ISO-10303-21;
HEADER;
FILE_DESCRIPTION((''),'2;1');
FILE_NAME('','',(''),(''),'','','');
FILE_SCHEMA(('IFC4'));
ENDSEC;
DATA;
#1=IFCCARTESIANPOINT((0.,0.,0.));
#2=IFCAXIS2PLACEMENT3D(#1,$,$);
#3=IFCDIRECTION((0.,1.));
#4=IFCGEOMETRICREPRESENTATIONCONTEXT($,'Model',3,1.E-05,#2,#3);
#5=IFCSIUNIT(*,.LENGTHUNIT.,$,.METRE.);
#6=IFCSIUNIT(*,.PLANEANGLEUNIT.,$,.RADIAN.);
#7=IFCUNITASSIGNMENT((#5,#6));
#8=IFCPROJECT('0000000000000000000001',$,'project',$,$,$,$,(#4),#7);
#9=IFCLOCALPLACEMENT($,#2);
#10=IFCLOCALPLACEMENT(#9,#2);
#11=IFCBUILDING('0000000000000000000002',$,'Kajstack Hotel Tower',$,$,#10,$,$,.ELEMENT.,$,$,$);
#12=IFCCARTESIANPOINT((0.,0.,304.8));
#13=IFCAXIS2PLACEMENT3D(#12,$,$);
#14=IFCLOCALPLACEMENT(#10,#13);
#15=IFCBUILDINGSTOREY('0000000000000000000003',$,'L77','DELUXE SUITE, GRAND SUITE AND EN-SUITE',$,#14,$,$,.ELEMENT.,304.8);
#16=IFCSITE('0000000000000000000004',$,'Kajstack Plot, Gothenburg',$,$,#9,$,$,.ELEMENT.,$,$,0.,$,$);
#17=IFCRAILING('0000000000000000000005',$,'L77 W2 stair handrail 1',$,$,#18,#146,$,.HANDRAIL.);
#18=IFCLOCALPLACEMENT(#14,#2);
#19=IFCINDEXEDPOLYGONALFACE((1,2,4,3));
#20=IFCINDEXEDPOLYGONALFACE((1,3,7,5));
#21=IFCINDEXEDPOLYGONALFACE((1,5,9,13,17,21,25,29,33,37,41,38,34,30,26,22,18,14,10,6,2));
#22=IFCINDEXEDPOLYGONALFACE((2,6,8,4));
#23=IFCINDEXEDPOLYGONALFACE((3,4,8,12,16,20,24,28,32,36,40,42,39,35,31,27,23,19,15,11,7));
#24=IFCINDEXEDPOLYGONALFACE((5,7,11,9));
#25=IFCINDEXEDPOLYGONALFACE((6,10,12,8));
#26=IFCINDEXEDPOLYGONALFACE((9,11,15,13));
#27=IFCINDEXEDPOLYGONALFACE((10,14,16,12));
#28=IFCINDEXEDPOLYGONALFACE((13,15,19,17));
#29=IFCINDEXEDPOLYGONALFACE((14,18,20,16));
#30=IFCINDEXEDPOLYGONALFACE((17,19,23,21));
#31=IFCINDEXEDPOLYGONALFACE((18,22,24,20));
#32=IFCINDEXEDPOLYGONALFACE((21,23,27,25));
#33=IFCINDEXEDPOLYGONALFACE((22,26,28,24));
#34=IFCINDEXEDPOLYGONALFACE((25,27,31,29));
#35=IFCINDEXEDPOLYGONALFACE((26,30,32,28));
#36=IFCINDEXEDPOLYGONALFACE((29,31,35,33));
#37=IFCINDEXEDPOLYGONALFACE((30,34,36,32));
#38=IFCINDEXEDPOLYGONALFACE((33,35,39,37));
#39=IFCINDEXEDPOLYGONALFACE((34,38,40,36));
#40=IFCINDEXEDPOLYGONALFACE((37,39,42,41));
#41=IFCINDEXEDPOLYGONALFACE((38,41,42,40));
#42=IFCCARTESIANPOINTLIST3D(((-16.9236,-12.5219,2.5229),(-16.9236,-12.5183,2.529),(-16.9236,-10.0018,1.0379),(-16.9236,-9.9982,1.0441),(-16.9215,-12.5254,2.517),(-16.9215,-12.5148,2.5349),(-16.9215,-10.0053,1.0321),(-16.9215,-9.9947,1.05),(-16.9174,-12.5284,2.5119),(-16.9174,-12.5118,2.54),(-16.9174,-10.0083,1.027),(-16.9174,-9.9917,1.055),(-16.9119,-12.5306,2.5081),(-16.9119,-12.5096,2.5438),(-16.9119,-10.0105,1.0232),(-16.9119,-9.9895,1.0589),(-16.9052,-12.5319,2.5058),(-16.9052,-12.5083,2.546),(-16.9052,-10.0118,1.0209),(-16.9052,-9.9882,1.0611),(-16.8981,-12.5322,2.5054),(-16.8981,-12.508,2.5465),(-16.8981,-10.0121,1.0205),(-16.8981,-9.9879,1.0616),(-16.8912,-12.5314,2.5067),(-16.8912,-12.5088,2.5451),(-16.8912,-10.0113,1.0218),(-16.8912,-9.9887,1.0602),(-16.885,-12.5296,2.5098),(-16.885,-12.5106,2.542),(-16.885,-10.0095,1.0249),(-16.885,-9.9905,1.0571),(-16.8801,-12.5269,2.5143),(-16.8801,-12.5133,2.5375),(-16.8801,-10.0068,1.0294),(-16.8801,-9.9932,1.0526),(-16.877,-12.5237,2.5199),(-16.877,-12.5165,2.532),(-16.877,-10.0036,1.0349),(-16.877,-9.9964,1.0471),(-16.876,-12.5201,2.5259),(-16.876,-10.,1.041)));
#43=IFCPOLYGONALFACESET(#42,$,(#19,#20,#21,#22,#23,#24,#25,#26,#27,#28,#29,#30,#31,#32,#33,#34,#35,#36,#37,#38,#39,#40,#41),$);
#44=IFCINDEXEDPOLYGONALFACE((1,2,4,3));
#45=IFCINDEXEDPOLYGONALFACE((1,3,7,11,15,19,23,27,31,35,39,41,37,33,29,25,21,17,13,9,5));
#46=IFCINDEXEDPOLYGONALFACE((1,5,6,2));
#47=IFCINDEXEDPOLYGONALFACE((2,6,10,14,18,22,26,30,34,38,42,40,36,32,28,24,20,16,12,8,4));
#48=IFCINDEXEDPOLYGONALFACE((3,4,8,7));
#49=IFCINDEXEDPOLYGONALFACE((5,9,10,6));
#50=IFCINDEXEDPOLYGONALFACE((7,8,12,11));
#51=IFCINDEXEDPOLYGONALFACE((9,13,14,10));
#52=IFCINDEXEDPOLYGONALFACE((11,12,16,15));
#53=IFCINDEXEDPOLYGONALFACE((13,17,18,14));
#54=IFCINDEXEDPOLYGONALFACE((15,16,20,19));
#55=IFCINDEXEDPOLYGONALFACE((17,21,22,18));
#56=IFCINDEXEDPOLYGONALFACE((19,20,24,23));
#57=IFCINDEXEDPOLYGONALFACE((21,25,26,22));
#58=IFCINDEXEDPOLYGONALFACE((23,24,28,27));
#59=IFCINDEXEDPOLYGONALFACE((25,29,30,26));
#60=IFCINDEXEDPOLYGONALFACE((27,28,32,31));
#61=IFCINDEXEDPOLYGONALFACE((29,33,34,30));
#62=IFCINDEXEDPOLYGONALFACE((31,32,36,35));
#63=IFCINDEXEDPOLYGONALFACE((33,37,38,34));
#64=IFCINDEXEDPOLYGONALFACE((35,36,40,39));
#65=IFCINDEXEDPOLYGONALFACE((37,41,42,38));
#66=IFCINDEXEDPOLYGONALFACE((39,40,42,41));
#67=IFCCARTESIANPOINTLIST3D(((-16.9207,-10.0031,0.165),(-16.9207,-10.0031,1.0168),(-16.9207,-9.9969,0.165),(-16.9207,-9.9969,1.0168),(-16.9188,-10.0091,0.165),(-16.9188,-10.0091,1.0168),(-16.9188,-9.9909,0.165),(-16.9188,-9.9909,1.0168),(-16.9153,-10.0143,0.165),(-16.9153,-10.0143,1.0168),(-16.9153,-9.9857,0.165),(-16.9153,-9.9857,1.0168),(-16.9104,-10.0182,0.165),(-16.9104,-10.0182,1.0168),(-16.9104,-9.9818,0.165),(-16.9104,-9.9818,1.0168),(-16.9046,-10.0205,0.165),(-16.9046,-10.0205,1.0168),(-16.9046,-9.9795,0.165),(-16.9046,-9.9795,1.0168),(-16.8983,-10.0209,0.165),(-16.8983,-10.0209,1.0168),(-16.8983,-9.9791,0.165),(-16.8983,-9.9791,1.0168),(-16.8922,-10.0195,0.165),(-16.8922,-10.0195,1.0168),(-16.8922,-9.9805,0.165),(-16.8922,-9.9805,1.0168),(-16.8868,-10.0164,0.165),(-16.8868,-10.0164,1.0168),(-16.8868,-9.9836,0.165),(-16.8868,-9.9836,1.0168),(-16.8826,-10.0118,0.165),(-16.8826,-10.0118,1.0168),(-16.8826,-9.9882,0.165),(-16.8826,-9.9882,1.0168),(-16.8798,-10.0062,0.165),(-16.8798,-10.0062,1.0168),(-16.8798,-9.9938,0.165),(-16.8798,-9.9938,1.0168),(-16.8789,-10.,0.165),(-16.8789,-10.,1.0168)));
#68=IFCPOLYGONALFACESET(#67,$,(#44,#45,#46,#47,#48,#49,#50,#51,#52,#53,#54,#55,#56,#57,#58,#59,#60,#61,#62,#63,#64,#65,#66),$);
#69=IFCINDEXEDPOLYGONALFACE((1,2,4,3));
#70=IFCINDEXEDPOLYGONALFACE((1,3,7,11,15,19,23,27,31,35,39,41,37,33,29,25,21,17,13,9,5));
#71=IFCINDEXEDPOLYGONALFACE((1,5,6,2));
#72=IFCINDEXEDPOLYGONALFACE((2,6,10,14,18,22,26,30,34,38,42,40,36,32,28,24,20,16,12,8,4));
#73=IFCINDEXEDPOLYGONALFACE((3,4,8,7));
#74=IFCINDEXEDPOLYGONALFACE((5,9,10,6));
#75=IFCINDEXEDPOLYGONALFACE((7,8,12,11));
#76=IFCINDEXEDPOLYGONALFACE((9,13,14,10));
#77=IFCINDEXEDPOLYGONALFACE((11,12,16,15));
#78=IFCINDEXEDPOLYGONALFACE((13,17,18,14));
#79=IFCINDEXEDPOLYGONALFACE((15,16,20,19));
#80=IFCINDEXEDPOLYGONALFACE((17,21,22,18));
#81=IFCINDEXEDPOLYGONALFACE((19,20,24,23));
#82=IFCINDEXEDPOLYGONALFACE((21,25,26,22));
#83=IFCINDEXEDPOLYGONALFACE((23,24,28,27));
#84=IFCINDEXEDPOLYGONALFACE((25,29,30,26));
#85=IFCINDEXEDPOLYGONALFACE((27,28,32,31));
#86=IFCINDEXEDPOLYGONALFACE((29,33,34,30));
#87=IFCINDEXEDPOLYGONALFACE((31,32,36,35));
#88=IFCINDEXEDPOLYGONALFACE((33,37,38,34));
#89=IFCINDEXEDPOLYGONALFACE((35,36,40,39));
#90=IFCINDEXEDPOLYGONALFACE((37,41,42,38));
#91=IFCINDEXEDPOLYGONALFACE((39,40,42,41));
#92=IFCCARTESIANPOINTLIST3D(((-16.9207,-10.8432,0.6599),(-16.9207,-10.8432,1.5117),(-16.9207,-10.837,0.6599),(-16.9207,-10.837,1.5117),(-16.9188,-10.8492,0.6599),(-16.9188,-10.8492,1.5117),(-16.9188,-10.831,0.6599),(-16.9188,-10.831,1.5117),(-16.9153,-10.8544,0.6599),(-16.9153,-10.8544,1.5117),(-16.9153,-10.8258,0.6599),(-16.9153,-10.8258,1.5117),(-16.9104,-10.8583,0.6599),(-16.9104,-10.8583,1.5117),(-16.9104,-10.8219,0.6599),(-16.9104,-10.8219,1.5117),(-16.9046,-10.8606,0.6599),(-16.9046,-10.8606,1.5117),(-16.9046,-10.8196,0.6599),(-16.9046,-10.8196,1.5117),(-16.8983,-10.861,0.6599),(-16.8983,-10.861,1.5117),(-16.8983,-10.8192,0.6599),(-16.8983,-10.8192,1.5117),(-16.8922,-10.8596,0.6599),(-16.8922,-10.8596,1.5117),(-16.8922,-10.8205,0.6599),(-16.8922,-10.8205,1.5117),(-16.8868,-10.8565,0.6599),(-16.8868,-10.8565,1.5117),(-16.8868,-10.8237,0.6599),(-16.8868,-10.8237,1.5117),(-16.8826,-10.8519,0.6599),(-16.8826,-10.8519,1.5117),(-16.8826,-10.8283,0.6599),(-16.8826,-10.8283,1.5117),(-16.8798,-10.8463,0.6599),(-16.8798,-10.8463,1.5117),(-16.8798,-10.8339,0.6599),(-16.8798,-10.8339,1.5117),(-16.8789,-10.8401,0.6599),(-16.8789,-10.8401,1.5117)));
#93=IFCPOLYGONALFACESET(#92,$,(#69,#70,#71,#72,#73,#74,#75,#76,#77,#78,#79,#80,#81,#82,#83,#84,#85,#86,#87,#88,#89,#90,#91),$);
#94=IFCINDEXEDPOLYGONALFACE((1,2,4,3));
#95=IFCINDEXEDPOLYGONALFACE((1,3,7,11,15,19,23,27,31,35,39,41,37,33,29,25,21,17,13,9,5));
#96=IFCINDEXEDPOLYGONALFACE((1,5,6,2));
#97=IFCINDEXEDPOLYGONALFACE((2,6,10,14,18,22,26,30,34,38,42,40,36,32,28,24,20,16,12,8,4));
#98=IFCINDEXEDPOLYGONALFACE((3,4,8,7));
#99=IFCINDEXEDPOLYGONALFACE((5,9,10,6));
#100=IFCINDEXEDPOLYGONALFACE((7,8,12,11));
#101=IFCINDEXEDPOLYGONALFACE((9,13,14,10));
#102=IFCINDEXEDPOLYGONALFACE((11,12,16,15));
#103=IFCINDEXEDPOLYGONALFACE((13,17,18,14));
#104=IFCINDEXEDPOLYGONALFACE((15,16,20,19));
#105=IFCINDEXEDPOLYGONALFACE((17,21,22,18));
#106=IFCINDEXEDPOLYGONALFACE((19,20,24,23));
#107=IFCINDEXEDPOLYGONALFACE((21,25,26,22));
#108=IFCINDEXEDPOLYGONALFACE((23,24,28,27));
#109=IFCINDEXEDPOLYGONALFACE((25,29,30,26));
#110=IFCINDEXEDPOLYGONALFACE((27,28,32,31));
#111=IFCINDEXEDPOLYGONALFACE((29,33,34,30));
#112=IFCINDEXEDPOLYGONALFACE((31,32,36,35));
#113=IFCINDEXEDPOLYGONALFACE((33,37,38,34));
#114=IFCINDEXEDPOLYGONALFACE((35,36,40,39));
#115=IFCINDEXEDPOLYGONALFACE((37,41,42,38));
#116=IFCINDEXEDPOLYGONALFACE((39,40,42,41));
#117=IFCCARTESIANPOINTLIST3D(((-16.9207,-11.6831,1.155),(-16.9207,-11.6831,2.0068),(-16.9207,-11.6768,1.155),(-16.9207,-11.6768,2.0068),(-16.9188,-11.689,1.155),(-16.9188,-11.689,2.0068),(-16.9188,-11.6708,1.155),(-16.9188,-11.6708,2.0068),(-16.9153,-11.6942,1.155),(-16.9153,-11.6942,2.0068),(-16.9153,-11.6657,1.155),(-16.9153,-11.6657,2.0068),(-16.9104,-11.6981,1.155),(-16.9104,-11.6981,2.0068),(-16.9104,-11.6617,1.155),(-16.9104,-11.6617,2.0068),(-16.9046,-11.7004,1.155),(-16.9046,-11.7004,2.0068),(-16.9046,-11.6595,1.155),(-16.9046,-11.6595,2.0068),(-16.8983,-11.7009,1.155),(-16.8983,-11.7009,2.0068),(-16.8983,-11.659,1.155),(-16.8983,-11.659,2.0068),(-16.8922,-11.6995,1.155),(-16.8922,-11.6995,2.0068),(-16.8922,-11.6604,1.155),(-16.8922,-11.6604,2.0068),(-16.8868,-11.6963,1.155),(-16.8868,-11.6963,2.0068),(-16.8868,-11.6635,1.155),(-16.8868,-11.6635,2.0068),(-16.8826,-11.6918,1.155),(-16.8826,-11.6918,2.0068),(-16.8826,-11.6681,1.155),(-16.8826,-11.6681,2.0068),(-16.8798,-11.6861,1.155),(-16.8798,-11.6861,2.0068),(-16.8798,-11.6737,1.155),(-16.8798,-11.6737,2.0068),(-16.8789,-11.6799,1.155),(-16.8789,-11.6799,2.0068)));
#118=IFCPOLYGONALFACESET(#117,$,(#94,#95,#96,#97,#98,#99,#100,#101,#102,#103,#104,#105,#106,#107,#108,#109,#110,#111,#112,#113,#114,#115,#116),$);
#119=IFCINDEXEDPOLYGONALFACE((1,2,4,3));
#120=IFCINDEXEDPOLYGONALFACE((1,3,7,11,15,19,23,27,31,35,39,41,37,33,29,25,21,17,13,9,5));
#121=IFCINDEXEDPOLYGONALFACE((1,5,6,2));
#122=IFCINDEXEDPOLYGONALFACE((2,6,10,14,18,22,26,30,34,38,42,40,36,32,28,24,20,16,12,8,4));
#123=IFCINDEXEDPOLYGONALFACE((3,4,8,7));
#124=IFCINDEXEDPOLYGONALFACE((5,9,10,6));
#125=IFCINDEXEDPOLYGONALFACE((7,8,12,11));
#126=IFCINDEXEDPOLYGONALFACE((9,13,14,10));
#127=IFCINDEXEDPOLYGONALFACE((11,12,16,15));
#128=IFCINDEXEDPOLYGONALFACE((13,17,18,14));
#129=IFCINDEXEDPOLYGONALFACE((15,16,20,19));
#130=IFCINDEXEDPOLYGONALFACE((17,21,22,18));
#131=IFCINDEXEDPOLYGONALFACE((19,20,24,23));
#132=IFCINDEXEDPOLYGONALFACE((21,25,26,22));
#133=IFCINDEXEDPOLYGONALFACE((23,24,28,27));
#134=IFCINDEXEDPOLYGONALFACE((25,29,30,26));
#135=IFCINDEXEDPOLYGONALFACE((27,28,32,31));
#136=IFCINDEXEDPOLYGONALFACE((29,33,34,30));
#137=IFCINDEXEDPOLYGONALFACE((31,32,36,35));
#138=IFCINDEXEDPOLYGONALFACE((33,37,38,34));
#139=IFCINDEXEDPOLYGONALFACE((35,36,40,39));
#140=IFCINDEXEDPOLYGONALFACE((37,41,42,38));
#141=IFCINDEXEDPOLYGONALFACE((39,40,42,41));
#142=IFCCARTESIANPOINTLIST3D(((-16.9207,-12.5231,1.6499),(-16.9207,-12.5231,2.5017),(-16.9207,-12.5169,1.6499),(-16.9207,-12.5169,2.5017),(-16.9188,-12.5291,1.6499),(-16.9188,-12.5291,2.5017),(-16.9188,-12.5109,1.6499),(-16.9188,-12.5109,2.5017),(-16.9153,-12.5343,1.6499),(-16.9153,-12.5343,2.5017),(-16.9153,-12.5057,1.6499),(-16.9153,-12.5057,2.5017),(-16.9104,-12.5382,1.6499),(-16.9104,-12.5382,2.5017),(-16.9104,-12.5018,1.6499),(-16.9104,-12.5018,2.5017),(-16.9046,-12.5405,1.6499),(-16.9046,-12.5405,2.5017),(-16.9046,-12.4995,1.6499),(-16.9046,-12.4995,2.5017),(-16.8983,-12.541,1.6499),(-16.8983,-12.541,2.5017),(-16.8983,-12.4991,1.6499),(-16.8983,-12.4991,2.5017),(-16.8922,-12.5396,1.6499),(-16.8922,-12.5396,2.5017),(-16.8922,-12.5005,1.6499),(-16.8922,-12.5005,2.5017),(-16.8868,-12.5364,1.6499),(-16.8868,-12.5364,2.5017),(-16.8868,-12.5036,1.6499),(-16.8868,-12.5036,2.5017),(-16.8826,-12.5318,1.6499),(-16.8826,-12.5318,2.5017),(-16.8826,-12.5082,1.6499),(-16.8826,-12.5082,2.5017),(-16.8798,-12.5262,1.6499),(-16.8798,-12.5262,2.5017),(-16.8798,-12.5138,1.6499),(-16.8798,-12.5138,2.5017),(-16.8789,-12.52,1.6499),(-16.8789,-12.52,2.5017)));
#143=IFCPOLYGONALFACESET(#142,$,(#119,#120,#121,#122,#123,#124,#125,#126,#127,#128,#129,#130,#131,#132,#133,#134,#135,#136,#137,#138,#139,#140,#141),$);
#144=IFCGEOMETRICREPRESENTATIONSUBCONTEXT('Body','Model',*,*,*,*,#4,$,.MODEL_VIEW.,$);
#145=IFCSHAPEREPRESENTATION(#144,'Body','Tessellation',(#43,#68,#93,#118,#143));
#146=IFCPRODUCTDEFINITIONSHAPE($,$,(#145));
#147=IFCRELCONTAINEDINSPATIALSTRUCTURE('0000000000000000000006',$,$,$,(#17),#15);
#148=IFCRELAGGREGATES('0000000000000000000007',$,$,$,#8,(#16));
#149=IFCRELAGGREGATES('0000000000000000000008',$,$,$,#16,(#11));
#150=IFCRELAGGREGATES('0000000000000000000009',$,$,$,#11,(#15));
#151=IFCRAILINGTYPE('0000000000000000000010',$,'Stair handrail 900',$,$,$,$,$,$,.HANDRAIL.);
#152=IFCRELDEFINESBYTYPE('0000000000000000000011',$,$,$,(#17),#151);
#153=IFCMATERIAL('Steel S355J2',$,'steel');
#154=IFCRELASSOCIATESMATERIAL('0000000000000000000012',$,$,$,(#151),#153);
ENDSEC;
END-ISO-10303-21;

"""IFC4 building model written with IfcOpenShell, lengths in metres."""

from ifc_helpers import new_model, si_unit, direction, frame, origin, origin_2d, place, context, subcontext, project, spatial, circle, extrude, material, type_object, element, save


model = new_model("IFC4")

# Units and contexts
model_context = context("Model", 3, precision=1e-05, world=origin(), true_north=direction((0.0, 1.0)))
body_context = subcontext(model_context, "Body", "Model", "MODEL_VIEW")
ifc_project = project(units=[si_unit("LENGTHUNIT", "METRE"), si_unit("PLANEANGLEUNIT", "RADIAN")], contexts=[model_context])

# Site, building, storey
site_placement = place(None, origin())
site = spatial("IfcSite", under=ifc_project, at=site_placement, Name="Kajstack Plot, Gothenburg", CompositionType="ELEMENT", RefElevation=0.0)
building_placement = place(site_placement, origin())
building = spatial("IfcBuilding", under=site, at=building_placement, Name="Kajstack Hotel Tower", CompositionType="ELEMENT")
storey_placement = place(building_placement, frame((0.0, 0.0, 304.8)))
storey = spatial("IfcBuildingStorey", under=building, at=storey_placement, Name="L77", Description="DELUXE SUITE, GRAND SUITE AND EN-SUITE", CompositionType="ELEMENT", Elevation=304.8)

# Railing
ifc_material_1 = material(Name="Steel S355J2", Category="steel")
railing_type_1 = type_object("IfcRailingType", Name="Stair handrail 900", PredefinedType="HANDRAIL", material=ifc_material_1)
railing_1_placement = place(storey_placement, frame((-16.8999, -10.0, 0.165)))
element("IfcRailing", 1, at=railing_1_placement, inside=storey, type_object=railing_type_1, Name="L77 W2 stair handrail 1", PredefinedType="HANDRAIL", context=body_context, shape_type="SweptSolid", body=[
    extrude(circle(Radius=0.0239, at=origin_2d()), frame((0.0, 0.0, 0.876), z_axis=(0.0, -0.861561, 0.507655), x_axis=(1.0, 0.0, 0.0)), (0.0, 0.0, 1.0), 2.925),
    extrude(circle(Radius=0.021, at=origin_2d()), origin(), (0.0, 0.0, 1.0), 0.8518),
    extrude(circle(Radius=0.021, at=origin_2d()), frame((0.0, -0.8401, 0.4949)), (0.0, 0.0, 1.0), 0.8518),
    extrude(circle(Radius=0.021, at=origin_2d()), frame((0.0, -1.6799, 0.99)), (0.0, 0.0, 1.0), 0.8518),
    extrude(circle(Radius=0.021, at=origin_2d()), frame((0.0, -2.52, 1.4849)), (0.0, 0.0, 1.0), 0.8518),
])

save(model, "model.ifc")
